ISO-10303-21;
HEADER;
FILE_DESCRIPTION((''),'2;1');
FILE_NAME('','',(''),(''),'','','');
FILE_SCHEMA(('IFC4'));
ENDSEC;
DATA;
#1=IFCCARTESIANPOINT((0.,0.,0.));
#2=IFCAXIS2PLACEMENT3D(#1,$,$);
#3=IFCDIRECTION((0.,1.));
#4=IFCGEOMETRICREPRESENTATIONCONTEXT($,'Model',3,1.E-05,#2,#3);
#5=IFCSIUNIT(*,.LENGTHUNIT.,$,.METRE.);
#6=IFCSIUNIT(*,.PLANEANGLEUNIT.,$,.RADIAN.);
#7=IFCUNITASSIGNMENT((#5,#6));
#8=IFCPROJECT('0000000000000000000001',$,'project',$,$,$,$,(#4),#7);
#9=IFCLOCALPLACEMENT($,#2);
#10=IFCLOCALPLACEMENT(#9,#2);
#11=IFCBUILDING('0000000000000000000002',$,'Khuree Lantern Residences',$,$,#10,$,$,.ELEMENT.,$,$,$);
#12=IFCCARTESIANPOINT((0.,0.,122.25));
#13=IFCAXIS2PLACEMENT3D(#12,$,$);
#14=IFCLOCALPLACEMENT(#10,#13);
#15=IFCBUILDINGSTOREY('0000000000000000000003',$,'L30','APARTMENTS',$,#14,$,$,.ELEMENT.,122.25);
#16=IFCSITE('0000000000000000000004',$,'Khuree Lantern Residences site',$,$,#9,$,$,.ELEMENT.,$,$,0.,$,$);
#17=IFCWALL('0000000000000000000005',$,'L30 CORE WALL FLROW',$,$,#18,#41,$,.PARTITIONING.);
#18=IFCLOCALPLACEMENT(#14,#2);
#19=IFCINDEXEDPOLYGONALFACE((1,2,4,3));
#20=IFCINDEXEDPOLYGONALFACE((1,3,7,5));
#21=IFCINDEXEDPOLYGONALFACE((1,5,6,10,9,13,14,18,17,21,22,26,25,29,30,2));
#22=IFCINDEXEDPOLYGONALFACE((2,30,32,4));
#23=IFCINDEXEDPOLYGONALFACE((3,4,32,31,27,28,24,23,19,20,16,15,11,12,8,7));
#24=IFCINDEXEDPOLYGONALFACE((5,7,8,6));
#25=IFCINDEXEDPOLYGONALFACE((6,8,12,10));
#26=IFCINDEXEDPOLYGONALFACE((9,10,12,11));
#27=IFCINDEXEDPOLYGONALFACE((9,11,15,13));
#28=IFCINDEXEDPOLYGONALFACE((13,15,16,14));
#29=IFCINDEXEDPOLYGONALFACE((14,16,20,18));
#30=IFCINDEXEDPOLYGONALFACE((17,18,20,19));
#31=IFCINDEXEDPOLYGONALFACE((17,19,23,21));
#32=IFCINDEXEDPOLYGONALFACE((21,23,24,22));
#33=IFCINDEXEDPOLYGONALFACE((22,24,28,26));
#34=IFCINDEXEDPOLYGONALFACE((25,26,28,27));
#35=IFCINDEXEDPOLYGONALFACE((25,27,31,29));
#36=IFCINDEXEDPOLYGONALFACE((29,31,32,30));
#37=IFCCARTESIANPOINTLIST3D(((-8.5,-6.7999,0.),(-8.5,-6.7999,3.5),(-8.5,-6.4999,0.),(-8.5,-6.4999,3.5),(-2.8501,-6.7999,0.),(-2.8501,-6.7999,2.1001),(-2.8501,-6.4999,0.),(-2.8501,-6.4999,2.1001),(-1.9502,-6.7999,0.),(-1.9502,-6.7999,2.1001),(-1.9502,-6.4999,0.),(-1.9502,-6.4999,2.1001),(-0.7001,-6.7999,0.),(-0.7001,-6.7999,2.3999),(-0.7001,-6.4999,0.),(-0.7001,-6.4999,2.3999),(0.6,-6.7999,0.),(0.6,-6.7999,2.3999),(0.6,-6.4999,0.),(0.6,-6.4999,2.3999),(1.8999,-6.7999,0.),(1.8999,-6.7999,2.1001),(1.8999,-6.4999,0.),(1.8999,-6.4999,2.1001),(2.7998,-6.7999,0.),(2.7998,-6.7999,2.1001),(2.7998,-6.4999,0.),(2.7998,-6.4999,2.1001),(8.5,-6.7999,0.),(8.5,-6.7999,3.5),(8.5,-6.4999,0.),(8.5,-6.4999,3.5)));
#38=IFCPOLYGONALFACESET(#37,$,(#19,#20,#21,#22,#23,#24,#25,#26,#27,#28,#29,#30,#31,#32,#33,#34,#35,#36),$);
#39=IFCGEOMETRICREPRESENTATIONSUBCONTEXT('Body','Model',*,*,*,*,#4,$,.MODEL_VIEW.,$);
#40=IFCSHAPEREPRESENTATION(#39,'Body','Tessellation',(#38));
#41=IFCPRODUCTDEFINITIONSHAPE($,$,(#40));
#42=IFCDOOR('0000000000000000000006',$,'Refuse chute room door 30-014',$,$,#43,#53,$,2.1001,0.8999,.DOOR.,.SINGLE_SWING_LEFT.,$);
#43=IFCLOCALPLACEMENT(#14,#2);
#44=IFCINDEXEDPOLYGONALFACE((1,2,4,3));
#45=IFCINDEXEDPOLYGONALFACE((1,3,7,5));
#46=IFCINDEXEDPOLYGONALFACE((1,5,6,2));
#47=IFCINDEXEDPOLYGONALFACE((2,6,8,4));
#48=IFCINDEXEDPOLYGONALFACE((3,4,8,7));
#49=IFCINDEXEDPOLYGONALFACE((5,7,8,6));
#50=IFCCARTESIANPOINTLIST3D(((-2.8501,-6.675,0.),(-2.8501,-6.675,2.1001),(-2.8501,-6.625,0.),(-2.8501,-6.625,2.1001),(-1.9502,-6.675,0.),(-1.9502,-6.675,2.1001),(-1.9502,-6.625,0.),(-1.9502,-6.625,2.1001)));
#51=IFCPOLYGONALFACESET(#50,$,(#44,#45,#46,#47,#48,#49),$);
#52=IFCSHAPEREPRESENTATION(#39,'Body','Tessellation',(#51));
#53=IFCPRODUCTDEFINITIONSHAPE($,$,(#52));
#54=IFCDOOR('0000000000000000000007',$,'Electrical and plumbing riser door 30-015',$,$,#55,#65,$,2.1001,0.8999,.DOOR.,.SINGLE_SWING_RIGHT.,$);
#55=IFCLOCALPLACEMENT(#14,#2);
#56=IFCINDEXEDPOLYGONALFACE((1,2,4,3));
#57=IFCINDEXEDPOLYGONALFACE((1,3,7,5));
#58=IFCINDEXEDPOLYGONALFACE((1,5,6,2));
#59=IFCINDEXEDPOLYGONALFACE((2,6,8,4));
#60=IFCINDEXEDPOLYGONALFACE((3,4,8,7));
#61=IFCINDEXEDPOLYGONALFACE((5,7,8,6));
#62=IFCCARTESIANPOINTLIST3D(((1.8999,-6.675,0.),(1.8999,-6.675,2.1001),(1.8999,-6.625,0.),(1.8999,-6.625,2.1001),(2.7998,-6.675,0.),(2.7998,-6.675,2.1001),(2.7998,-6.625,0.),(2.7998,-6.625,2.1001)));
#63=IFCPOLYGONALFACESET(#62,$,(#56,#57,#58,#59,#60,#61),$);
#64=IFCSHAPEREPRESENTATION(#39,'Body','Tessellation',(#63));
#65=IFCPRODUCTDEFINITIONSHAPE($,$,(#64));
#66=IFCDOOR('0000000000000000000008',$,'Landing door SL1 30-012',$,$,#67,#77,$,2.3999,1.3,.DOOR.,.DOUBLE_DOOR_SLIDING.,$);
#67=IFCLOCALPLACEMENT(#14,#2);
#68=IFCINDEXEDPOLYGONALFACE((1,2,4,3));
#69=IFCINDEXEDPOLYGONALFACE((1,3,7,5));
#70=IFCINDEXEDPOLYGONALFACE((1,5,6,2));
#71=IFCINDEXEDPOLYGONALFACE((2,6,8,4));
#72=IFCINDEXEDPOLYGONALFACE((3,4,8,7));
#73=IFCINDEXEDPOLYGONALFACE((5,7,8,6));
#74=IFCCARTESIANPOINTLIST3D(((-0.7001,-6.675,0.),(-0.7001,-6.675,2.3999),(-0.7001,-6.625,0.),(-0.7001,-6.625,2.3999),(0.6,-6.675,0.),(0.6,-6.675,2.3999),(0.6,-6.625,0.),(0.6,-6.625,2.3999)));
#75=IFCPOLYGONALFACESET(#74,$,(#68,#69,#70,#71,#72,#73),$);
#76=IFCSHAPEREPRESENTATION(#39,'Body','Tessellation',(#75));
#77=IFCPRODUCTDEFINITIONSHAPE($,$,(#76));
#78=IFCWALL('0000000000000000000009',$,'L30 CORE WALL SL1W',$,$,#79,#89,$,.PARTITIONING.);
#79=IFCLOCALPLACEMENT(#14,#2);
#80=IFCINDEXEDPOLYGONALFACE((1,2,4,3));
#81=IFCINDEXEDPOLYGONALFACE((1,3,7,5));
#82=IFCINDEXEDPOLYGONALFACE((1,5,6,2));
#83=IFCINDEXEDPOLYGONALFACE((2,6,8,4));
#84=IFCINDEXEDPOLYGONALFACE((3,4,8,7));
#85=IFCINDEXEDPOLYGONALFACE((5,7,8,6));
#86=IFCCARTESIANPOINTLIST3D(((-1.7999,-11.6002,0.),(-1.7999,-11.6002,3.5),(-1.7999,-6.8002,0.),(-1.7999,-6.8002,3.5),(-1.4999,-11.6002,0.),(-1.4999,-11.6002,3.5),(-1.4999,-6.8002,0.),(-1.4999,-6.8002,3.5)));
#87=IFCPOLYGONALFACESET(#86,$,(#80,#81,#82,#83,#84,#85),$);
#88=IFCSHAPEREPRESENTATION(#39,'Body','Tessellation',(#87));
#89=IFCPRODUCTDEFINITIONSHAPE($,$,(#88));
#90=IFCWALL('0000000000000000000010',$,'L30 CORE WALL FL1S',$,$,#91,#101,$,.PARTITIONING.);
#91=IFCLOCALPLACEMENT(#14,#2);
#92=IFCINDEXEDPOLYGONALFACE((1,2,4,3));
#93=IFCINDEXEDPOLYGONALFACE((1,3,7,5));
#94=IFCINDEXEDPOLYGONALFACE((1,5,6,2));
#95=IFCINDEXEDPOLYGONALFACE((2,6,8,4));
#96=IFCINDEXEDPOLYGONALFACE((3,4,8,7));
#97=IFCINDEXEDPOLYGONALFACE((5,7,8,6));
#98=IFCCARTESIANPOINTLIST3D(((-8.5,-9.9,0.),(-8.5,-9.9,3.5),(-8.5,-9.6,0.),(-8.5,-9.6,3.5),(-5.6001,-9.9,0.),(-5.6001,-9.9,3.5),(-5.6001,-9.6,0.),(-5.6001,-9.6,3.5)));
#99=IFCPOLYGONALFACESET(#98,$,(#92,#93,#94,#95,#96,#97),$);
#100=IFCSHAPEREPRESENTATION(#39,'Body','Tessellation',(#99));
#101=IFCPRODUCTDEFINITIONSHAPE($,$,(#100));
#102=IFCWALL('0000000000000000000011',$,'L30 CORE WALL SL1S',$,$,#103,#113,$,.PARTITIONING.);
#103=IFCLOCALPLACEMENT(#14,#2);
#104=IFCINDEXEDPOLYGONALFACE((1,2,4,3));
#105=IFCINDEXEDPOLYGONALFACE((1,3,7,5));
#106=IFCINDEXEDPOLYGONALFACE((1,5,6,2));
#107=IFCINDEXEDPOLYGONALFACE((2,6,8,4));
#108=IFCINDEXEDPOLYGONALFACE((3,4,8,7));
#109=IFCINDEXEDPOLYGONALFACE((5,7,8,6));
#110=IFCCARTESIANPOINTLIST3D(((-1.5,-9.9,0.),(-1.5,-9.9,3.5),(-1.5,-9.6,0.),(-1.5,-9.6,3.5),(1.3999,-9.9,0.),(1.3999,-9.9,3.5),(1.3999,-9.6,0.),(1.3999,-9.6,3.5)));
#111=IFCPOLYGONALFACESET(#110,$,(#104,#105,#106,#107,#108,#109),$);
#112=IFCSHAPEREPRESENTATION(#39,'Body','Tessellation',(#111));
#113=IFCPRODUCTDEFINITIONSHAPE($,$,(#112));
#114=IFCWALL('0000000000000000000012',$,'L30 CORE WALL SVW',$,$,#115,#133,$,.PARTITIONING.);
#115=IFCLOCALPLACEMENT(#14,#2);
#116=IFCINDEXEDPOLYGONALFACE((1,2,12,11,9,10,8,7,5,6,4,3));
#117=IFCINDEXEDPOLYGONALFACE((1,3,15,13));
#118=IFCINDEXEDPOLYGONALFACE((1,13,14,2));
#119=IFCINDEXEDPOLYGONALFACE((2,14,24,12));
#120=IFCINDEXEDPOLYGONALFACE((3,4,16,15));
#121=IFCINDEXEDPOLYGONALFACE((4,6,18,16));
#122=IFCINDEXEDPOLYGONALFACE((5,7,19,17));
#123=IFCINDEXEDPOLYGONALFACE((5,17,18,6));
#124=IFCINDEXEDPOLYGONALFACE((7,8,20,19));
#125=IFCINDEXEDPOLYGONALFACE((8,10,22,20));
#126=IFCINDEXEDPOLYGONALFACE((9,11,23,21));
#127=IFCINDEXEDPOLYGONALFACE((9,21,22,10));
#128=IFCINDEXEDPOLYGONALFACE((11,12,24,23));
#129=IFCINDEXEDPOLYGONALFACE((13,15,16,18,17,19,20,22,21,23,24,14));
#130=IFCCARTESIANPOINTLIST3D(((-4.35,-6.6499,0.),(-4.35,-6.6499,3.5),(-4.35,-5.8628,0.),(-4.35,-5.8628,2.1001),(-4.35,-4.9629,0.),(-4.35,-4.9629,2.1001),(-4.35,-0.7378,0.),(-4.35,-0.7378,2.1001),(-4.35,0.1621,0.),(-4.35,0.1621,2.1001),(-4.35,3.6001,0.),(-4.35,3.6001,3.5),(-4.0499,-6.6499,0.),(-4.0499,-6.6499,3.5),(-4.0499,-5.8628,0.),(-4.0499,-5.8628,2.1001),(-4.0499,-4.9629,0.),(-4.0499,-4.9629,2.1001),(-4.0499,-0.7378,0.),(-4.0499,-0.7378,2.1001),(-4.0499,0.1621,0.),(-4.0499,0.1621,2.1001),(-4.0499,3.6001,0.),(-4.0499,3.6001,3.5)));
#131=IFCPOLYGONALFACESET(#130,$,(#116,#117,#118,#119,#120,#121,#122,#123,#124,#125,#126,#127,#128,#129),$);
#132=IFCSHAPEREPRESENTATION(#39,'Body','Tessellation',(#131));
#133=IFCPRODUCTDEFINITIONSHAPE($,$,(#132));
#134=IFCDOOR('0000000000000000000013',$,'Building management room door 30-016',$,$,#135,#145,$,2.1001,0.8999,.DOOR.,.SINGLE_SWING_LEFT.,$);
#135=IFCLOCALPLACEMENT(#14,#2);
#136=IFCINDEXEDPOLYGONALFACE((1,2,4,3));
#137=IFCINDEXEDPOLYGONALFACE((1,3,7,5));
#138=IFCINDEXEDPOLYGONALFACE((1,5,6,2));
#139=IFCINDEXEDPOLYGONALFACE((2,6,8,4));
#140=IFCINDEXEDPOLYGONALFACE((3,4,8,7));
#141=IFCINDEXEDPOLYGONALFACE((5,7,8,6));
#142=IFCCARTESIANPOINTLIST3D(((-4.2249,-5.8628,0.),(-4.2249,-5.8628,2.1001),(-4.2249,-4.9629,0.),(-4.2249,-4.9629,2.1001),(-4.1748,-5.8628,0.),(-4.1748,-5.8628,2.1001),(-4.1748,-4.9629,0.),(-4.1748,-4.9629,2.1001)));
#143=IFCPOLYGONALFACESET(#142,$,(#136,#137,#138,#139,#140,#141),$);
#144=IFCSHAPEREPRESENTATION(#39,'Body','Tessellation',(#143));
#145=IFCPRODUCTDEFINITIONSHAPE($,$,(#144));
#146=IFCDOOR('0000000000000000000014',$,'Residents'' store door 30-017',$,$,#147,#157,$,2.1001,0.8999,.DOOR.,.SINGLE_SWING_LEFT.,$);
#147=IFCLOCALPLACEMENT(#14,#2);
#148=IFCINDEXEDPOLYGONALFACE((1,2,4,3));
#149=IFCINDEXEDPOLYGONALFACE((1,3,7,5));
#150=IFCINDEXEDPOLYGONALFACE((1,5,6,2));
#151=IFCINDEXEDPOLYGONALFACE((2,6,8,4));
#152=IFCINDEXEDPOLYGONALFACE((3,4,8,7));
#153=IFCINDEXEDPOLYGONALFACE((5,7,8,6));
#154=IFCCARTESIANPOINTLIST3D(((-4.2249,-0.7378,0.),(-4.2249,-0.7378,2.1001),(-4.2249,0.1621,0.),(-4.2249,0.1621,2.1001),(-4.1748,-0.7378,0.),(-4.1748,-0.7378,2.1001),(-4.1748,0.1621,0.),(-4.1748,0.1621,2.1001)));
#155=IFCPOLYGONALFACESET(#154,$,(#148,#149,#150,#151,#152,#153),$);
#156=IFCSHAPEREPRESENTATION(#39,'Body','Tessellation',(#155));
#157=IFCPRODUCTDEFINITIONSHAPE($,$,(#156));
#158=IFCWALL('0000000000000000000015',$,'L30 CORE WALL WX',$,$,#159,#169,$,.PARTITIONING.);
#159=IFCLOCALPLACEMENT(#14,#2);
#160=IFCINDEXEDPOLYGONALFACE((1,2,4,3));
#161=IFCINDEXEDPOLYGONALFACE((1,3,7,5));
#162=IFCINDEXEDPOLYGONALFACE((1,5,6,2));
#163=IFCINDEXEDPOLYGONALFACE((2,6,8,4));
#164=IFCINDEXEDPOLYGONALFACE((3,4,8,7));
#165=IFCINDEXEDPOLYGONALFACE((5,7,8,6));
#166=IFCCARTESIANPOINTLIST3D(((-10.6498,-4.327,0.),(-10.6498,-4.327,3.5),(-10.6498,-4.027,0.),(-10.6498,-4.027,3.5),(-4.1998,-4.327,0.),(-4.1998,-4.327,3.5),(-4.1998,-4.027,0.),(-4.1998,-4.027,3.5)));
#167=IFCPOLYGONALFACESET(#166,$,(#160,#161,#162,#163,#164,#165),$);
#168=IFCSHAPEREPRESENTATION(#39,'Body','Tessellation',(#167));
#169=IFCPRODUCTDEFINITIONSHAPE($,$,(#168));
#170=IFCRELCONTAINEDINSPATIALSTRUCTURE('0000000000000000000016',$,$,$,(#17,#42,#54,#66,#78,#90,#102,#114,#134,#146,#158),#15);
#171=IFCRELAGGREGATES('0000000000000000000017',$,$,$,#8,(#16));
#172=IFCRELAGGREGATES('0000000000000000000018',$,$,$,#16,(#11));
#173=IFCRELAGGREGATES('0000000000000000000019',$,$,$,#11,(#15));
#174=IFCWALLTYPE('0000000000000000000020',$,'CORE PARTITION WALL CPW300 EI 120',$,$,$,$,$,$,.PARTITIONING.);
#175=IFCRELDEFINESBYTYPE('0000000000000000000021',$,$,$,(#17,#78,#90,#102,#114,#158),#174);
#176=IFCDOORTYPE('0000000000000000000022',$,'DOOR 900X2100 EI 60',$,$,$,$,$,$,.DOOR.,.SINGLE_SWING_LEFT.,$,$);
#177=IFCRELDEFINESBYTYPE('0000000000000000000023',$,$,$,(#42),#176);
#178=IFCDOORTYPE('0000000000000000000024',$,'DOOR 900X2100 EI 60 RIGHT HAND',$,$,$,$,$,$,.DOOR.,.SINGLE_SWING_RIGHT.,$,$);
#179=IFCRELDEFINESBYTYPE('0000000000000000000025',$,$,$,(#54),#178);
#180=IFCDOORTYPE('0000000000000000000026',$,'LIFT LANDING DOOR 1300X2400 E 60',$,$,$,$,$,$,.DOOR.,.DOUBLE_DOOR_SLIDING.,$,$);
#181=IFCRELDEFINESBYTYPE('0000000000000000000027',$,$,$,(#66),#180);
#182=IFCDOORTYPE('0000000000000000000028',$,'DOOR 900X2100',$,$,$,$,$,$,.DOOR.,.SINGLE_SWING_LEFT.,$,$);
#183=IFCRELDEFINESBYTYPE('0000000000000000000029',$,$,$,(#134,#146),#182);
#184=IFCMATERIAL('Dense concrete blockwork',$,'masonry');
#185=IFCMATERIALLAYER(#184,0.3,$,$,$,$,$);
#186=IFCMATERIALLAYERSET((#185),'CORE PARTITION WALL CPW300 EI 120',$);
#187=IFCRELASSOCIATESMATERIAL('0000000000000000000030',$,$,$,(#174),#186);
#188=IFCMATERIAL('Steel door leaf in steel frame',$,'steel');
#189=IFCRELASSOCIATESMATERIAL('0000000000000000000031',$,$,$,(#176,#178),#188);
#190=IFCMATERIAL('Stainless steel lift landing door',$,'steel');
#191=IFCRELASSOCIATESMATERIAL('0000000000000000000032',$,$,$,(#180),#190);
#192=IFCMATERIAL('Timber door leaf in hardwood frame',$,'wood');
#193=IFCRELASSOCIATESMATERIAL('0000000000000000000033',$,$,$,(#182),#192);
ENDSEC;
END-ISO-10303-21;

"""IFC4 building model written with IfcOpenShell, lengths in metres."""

from ifc_helpers import new_model, si_unit, direction, frame, frame_2d, origin, place, context, subcontext, project, spatial, rectangle, extrude, material, layer, layer_set, type_object, element, fill, save


model = new_model("IFC4")

# Units and contexts
model_context = context("Model", 3, precision=1e-05, world=origin(), true_north=direction((0.0, 1.0)))
body_context = subcontext(model_context, "Body", "Model", "MODEL_VIEW")
ifc_project = project(units=[si_unit("LENGTHUNIT", "METRE"), si_unit("PLANEANGLEUNIT", "RADIAN")], contexts=[model_context])

# Site, building, storey
site_placement = place(None, origin())
site = spatial("IfcSite", under=ifc_project, at=site_placement, Name="Khuree Lantern Residences site", CompositionType="ELEMENT", RefElevation=0.0)
building_placement = place(site_placement, origin())
building = spatial("IfcBuilding", under=site, at=building_placement, Name="Khuree Lantern Residences", CompositionType="ELEMENT")
storey_placement = place(building_placement, frame((0.0, 0.0, 122.25)))
storey = spatial("IfcBuildingStorey", under=building, at=storey_placement, Name="L30", Description="APARTMENTS", CompositionType="ELEMENT", Elevation=122.25)

# Wall, openings, doors
ifc_material_1 = material(Name="Dense concrete blockwork", Category="masonry")
ifc_layer_1 = layer(ifc_material_1, 0.3)
ifc_layer_set_1 = layer_set([ifc_layer_1], Name="CORE PARTITION WALL CPW300 EI 120")
wall_type_1 = type_object("IfcWallType", Name="CORE PARTITION WALL CPW300 EI 120", PredefinedType="PARTITIONING", material=ifc_layer_set_1)
wall_1_placement = place(storey_placement, frame((-8.5, -6.6499, 0.0), z_axis=(0.0, 0.0, 1.0), x_axis=(1.0, 0.0, 0.0)))
wall_1 = element("IfcWall", 1, at=wall_1_placement, inside=storey, type_object=wall_type_1, Name="L30 CORE WALL FLROW", PredefinedType="PARTITIONING", context=body_context, shape_type="SweptSolid", body=[
    extrude(rectangle(XDim=17.0, YDim=0.3, at=frame_2d((8.5, 0.0))), origin(), (0.0, 0.0, 1.0), 3.5),
])
opening_1_placement = place(wall_1_placement, frame((7.8, 0.0, 0.0)))
opening_1 = element("IfcOpeningElement", 2, at=opening_1_placement, cuts=wall_1, PredefinedType="OPENING", context=body_context, shape_type="SweptSolid", body=[
    extrude(rectangle(XDim=1.3, YDim=2.3999, at=frame_2d((0.6499, 1.2))), frame((0.0, 0.1602, 0.0), z_axis=(0.0, -1.0, 0.0), x_axis=(1.0, 0.0, 0.0)), (0.0, 0.0, 1.0), 0.3201),
])
opening_2_placement = place(wall_1_placement, frame((5.6499, 0.0, 0.0)))
opening_2 = element("IfcOpeningElement", 3, at=opening_2_placement, cuts=wall_1, PredefinedType="OPENING", context=body_context, shape_type="SweptSolid", body=[
    extrude(rectangle(XDim=0.8999, YDim=2.1001, at=frame_2d((0.45, 1.05))), frame((0.0, 0.1602, 0.0), z_axis=(0.0, -1.0, 0.0), x_axis=(1.0, 0.0, 0.0)), (0.0, 0.0, 1.0), 0.3201),
])
opening_3_placement = place(wall_1_placement, frame((10.3999, 0.0, 0.0)))
opening_3 = element("IfcOpeningElement", 4, at=opening_3_placement, cuts=wall_1, PredefinedType="OPENING", context=body_context, shape_type="SweptSolid", body=[
    extrude(rectangle(XDim=0.8999, YDim=2.1001, at=frame_2d((0.45, 1.05))), frame((0.0, 0.1602, 0.0), z_axis=(0.0, -1.0, 0.0), x_axis=(1.0, 0.0, 0.0)), (0.0, 0.0, 1.0), 0.3201),
])
ifc_material_2 = material(Name="Steel door leaf in steel frame", Category="steel")
door_type_1 = type_object("IfcDoorType", Name="DOOR 900X2100 EI 60", OperationType="SINGLE_SWING_LEFT", PredefinedType="DOOR", material=ifc_material_2)
door_1_placement = place(opening_2_placement, origin())
door_1 = element("IfcDoor", 5, at=door_1_placement, inside=storey, type_object=door_type_1, Name="Refuse chute room door 30-014", OperationType="SINGLE_SWING_LEFT", OverallHeight=2.1001, OverallWidth=0.8999, PredefinedType="DOOR", context=body_context, shape_type="SweptSolid", body=[
    extrude(rectangle(XDim=0.8999, YDim=2.1001, at=frame_2d((0.45, 1.05))), frame((0.0, 0.0249, 0.0), z_axis=(0.0, -1.0, 0.0), x_axis=(1.0, 0.0, 0.0)), (0.0, 0.0, 1.0), 0.05),
])
fill(opening_2, door_1)
door_type_2 = type_object("IfcDoorType", Name="DOOR 900X2100 EI 60 RIGHT HAND", OperationType="SINGLE_SWING_RIGHT", PredefinedType="DOOR", material=ifc_material_2)
door_2_placement = place(opening_3_placement, origin())
door_2 = element("IfcDoor", 6, at=door_2_placement, inside=storey, type_object=door_type_2, Name="Electrical and plumbing riser door 30-015", OperationType="SINGLE_SWING_RIGHT", OverallHeight=2.1001, OverallWidth=0.8999, PredefinedType="DOOR", context=body_context, shape_type="SweptSolid", body=[
    extrude(rectangle(XDim=0.8999, YDim=2.1001, at=frame_2d((0.45, 1.05))), frame((0.0, 0.0249, 0.0), z_axis=(0.0, -1.0, 0.0), x_axis=(1.0, 0.0, 0.0)), (0.0, 0.0, 1.0), 0.05),
])
fill(opening_3, door_2)
ifc_material_3 = material(Name="Stainless steel lift landing door", Category="steel")
door_type_3 = type_object("IfcDoorType", Name="LIFT LANDING DOOR 1300X2400 E 60", OperationType="DOUBLE_DOOR_SLIDING", PredefinedType="DOOR", material=ifc_material_3)
door_3_placement = place(opening_1_placement, origin())
door_3 = element("IfcDoor", 7, at=door_3_placement, inside=storey, type_object=door_type_3, Name="Landing door SL1 30-012", OperationType="DOUBLE_DOOR_SLIDING", OverallHeight=2.3999, OverallWidth=1.3, PredefinedType="DOOR", context=body_context, shape_type="SweptSolid", body=[
    extrude(rectangle(XDim=1.3, YDim=2.3999, at=frame_2d((0.6499, 1.2))), frame((0.0, 0.0249, 0.0), z_axis=(0.0, -1.0, 0.0), x_axis=(1.0, 0.0, 0.0)), (0.0, 0.0, 1.0), 0.05),
])
fill(opening_1, door_3)

# Walls
wall_2_placement = place(storey_placement, frame((-1.6499, -11.6001, 0.0), z_axis=(0.0, 0.0, 1.0), x_axis=(0.0, 1.0, 0.0)))
element("IfcWall", 8, at=wall_2_placement, inside=storey, type_object=wall_type_1, Name="L30 CORE WALL SL1W", PredefinedType="PARTITIONING", context=body_context, shape_type="SweptSolid", body=[
    extrude(rectangle(XDim=4.8, YDim=0.3, at=frame_2d((2.3999, 0.0))), origin(), (0.0, 0.0, 1.0), 3.5),
])
for number, where, z_axis, x_axis, name in (
    (9, (-8.5, -9.75, 0.0), (0.0, 0.0, 1.0), (1.0, 0.0, 0.0), "L30 CORE WALL FL1S"),
    (10, (-1.5, -9.75, 0.0), (0.0, 0.0, 1.0), (1.0, 0.0, 0.0), "L30 CORE WALL SL1S"),
):
    element("IfcWall", number, at=place(storey_placement, frame(where, z_axis=z_axis, x_axis=x_axis)), inside=storey, type_object=wall_type_1, Name=name, PredefinedType="PARTITIONING", context=body_context, shape_type="SweptSolid", body=[
        extrude(rectangle(XDim=2.8999, YDim=0.3, at=frame_2d((1.45, 0.0))), origin(), (0.0, 0.0, 1.0), 3.5),
    ])

# Wall, openings, doors
wall_3_placement = place(storey_placement, frame((-4.2, -6.6499, 0.0), z_axis=(0.0, 0.0, 1.0), x_axis=(0.0, 1.0, 0.0)))
wall_3 = element("IfcWall", 11, at=wall_3_placement, inside=storey, type_object=wall_type_1, Name="L30 CORE WALL SVW", PredefinedType="PARTITIONING", context=body_context, shape_type="SweptSolid", body=[
    extrude(rectangle(XDim=10.25, YDim=0.3, at=frame_2d((5.125, 0.0))), origin(), (0.0, 0.0, 1.0), 3.5),
])
opening_4_placement = place(wall_3_placement, frame((0.7871, 0.0, 0.0)))
opening_4 = element("IfcOpeningElement", 12, at=opening_4_placement, cuts=wall_3, PredefinedType="OPENING", context=body_context, shape_type="SweptSolid", body=[
    extrude(rectangle(XDim=0.8999, YDim=2.1001, at=frame_2d((0.45, 1.05))), frame((0.0, 0.1602, 0.0), z_axis=(0.0, -1.0, 0.0), x_axis=(1.0, 0.0, 0.0)), (0.0, 0.0, 1.0), 0.3201),
])
opening_5_placement = place(wall_3_placement, frame((5.9121, 0.0, 0.0)))
opening_5 = element("IfcOpeningElement", 13, at=opening_5_placement, cuts=wall_3, PredefinedType="OPENING", context=body_context, shape_type="SweptSolid", body=[
    extrude(rectangle(XDim=0.8999, YDim=2.1001, at=frame_2d((0.45, 1.05))), frame((0.0, 0.1602, 0.0), z_axis=(0.0, -1.0, 0.0), x_axis=(1.0, 0.0, 0.0)), (0.0, 0.0, 1.0), 0.3201),
])
ifc_material_4 = material(Name="Timber door leaf in hardwood frame", Category="wood")
door_type_4 = type_object("IfcDoorType", Name="DOOR 900X2100", OperationType="SINGLE_SWING_LEFT", PredefinedType="DOOR", material=ifc_material_4)
door_4_placement = place(opening_4_placement, origin())
door_4 = element("IfcDoor", 14, at=door_4_placement, inside=storey, type_object=door_type_4, Name="Building management room door 30-016", OperationType="SINGLE_SWING_LEFT", OverallHeight=2.1001, OverallWidth=0.8999, PredefinedType="DOOR", context=body_context, shape_type="SweptSolid", body=[
    extrude(rectangle(XDim=0.8999, YDim=2.1001, at=frame_2d((0.45, 1.05))), frame((0.0, 0.0249, 0.0), z_axis=(0.0, -1.0, 0.0), x_axis=(1.0, 0.0, 0.0)), (0.0, 0.0, 1.0), 0.05),
])
fill(opening_4, door_4)
door_5_placement = place(opening_5_placement, origin())
door_5 = element("IfcDoor", 15, at=door_5_placement, inside=storey, type_object=door_type_4, Name="Residents' store door 30-017", OperationType="SINGLE_SWING_LEFT", OverallHeight=2.1001, OverallWidth=0.8999, PredefinedType="DOOR", context=body_context, shape_type="SweptSolid", body=[
    extrude(rectangle(XDim=0.8999, YDim=2.1001, at=frame_2d((0.45, 1.05))), frame((0.0, 0.0249, 0.0), z_axis=(0.0, -1.0, 0.0), x_axis=(1.0, 0.0, 0.0)), (0.0, 0.0, 1.0), 0.05),
])
fill(opening_5, door_5)

# Wall
wall_4_placement = place(storey_placement, frame((-10.6499, -4.177, 0.0), z_axis=(0.0, 0.0, 1.0), x_axis=(1.0, 0.0, 0.0)))
element("IfcWall", 16, at=wall_4_placement, inside=storey, type_object=wall_type_1, Name="L30 CORE WALL WX", PredefinedType="PARTITIONING", context=body_context, shape_type="SweptSolid", body=[
    extrude(rectangle(XDim=6.45, YDim=0.3, at=frame_2d((3.2251, 0.0))), origin(), (0.0, 0.0, 1.0), 3.5),
])

save(model, "model.ifc")
